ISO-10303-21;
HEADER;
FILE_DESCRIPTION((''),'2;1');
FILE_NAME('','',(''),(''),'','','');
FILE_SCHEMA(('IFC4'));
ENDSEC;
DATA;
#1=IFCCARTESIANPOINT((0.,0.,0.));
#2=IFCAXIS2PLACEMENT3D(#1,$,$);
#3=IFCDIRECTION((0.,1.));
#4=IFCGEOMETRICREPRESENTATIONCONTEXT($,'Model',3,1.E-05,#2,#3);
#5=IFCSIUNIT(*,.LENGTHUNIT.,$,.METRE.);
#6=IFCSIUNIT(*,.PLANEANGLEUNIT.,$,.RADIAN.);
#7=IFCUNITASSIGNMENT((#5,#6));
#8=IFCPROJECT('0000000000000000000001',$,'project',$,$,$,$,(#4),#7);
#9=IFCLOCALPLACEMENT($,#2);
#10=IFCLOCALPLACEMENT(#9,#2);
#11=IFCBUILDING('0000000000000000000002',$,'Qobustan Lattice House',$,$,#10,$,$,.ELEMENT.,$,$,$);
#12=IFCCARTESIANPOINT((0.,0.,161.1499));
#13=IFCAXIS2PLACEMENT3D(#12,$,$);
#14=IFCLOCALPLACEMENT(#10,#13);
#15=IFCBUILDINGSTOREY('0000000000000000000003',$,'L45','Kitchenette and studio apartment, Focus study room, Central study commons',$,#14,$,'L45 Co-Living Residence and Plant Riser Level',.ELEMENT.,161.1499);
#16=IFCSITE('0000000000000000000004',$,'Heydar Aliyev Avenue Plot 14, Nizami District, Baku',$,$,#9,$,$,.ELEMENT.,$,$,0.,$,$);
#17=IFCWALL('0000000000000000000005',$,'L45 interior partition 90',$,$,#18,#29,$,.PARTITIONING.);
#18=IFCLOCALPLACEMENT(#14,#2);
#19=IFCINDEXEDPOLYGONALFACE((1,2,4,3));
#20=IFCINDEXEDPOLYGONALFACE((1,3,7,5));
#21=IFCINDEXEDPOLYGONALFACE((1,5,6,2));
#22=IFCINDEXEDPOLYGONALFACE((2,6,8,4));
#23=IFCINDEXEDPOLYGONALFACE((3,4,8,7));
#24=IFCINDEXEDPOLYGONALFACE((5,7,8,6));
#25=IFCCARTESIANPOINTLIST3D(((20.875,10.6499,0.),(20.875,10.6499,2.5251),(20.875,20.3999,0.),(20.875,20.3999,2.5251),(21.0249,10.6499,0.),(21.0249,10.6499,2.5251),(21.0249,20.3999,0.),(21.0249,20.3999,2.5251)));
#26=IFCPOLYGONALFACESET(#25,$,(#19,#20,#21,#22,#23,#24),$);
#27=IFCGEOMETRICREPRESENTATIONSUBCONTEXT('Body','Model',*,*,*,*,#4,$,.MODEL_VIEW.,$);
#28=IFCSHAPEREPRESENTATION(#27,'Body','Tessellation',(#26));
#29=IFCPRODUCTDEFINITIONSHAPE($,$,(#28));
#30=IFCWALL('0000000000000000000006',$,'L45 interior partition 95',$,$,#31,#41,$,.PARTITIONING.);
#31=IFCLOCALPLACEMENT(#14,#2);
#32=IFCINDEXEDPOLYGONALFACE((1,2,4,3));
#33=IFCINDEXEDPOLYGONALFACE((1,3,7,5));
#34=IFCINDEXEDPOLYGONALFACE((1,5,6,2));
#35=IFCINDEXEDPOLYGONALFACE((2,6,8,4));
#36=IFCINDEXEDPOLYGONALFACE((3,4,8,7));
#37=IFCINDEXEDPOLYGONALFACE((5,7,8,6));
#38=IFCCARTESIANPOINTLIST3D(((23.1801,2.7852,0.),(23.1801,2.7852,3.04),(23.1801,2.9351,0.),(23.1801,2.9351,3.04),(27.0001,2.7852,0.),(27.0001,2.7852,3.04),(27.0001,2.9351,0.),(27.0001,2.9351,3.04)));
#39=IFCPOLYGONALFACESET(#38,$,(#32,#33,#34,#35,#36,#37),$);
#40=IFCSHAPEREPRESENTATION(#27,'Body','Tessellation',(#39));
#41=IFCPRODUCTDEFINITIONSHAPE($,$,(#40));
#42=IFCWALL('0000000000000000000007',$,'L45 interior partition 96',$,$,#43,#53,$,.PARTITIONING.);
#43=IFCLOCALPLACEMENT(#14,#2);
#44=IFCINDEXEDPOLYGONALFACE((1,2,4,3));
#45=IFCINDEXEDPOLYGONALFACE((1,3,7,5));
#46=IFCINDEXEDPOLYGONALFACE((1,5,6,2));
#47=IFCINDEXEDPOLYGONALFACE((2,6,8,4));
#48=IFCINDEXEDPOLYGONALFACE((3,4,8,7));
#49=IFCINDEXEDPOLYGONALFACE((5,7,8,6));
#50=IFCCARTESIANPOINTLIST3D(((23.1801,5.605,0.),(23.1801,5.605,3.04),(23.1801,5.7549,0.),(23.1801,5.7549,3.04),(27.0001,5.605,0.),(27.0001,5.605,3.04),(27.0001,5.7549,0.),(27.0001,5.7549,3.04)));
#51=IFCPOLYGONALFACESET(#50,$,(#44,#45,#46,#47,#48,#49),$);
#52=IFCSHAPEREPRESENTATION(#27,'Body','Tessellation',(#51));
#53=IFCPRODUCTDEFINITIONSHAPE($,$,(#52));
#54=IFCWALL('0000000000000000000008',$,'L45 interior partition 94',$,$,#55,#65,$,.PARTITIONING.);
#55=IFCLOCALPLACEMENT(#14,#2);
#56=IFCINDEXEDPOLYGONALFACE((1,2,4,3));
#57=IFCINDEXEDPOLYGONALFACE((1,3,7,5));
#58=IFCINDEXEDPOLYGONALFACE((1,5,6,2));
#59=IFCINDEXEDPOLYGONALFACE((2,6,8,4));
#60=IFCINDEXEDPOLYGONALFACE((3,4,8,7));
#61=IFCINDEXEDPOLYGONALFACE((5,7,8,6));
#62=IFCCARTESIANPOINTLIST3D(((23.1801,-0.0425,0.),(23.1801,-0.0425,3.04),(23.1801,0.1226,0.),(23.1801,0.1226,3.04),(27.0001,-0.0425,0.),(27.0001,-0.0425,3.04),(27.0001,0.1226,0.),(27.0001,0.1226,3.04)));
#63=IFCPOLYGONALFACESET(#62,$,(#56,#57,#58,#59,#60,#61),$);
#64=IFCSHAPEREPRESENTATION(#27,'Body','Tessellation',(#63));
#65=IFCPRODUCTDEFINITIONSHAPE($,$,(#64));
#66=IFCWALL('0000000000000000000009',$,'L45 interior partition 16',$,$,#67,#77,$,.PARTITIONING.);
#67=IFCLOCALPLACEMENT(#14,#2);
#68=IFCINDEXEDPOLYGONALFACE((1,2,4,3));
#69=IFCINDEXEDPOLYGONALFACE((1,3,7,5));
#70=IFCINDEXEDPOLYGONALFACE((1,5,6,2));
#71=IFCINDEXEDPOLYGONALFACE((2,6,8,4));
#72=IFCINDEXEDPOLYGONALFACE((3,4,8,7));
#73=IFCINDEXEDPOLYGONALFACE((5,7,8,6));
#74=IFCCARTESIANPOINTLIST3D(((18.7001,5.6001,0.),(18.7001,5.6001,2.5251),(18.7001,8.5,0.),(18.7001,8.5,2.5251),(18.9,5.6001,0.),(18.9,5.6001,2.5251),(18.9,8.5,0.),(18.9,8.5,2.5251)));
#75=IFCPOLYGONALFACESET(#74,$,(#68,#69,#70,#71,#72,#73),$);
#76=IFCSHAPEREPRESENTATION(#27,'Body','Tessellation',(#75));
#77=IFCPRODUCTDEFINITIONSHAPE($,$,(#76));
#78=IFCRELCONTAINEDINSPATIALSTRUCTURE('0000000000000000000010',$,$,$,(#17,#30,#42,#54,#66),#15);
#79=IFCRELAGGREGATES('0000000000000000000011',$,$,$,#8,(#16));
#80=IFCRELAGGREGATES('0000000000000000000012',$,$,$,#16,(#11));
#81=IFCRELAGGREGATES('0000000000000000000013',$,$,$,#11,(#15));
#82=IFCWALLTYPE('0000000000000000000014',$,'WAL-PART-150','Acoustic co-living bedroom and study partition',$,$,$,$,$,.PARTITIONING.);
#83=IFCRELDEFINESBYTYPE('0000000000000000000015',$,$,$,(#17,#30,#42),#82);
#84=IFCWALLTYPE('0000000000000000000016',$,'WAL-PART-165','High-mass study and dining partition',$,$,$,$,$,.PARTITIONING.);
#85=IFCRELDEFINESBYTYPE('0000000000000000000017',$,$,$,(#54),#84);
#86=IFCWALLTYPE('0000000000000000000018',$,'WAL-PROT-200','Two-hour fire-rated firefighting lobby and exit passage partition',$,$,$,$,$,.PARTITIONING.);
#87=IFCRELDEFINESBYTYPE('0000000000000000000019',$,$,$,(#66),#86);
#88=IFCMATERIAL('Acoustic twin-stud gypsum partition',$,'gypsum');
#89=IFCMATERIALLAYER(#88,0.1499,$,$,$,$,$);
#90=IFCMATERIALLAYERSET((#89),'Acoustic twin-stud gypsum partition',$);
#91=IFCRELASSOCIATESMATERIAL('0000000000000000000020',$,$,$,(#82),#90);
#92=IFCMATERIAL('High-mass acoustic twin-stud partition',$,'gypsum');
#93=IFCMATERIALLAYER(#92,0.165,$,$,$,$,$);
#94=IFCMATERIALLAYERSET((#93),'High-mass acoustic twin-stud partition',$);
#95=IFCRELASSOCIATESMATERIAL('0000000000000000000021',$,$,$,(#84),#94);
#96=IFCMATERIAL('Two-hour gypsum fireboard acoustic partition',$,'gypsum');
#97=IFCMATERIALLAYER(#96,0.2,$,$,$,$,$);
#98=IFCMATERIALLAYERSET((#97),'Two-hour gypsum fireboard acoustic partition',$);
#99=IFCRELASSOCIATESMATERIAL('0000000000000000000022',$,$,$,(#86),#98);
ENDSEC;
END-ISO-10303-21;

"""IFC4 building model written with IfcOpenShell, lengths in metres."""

from ifc_helpers import new_model, si_unit, direction, frame, frame_2d, origin, place, context, subcontext, project, spatial, rectangle, extrude, material, layer, layer_set, type_object, element, save


model = new_model("IFC4")

# Units and contexts
model_context = context("Model", 3, precision=1e-05, world=origin(), true_north=direction((0.0, 1.0)))
body_context = subcontext(model_context, "Body", "Model", "MODEL_VIEW")
ifc_project = project(units=[si_unit("LENGTHUNIT", "METRE"), si_unit("PLANEANGLEUNIT", "RADIAN")], contexts=[model_context])

# Site, building, storey
site_placement = place(None, origin())
site = spatial("IfcSite", under=ifc_project, at=site_placement, Name="Heydar Aliyev Avenue Plot 14, Nizami District, Baku", CompositionType="ELEMENT", RefElevation=0.0)
building_placement = place(site_placement, origin())
building = spatial("IfcBuilding", under=site, at=building_placement, Name="Qobustan Lattice House", CompositionType="ELEMENT")
storey_placement = place(building_placement, frame((0.0, 0.0, 161.1499)))
storey = spatial("IfcBuildingStorey", under=building, at=storey_placement, Name="L45", Description="Kitchenette and studio apartment, Focus study room, Central study commons", LongName="L45 Co-Living Residence and Plant Riser Level", CompositionType="ELEMENT", Elevation=161.1499)

# Shared definitions
ifc_material_1 = material(Name="Acoustic twin-stud gypsum partition", Category="gypsum")
ifc_layer_1 = layer(ifc_material_1, 0.1499)
ifc_layer_set_1 = layer_set([ifc_layer_1], Name="Acoustic twin-stud gypsum partition")
wall_type_1 = type_object("IfcWallType", Name="WAL-PART-150", Description="Acoustic co-living bedroom and study partition", PredefinedType="PARTITIONING", material=ifc_layer_set_1)

# Walls
wall_1_placement = place(storey_placement, frame((20.95, 10.6499, 0.0), z_axis=(0.0, 0.0, 1.0), x_axis=(0.0, 1.0, 0.0)))
element("IfcWall", 1, at=wall_1_placement, inside=storey, type_object=wall_type_1, Name="L45 interior partition 90", PredefinedType="PARTITIONING", context=body_context, shape_type="SweptSolid", body=[
    extrude(rectangle(XDim=9.75, YDim=0.1499, at=frame_2d((4.875, 0.0))), origin(), (0.0, 0.0, 1.0), 2.5251),
])
for number, where, z_axis, x_axis, name in (
    (2, (23.1799, 2.8601, 0.0), (0.0, 0.0, 1.0), (1.0, 0.0, 0.0), "L45 interior partition 95"),
    (3, (23.1799, 5.6799, 0.0), (0.0, 0.0, 1.0), (1.0, 0.0, 0.0), "L45 interior partition 96"),
):
    element("IfcWall", number, at=place(storey_placement, frame(where, z_axis=z_axis, x_axis=x_axis)), inside=storey, type_object=wall_type_1, Name=name, PredefinedType="PARTITIONING", context=body_context, shape_type="SweptSolid", body=[
        extrude(rectangle(XDim=3.8201, YDim=0.1499, at=frame_2d((1.9102, 0.0))), origin(), (0.0, 0.0, 1.0), 3.04),
    ])

# Shared definitions
ifc_material_2 = material(Name="High-mass acoustic twin-stud partition", Category="gypsum")
ifc_layer_2 = layer(ifc_material_2, 0.165)
ifc_layer_set_2 = layer_set([ifc_layer_2], Name="High-mass acoustic twin-stud partition")
wall_type_2 = type_object("IfcWallType", Name="WAL-PART-165", Description="High-mass study and dining partition", PredefinedType="PARTITIONING", material=ifc_layer_set_2)

# Wall
wall_2_placement = place(storey_placement, frame((23.1799, 0.04, 0.0), z_axis=(0.0, 0.0, 1.0), x_axis=(1.0, 0.0, 0.0)))
element("IfcWall", 4, at=wall_2_placement, inside=storey, type_object=wall_type_2, Name="L45 interior partition 94", PredefinedType="PARTITIONING", context=body_context, shape_type="SweptSolid", body=[
    extrude(rectangle(XDim=3.8201, YDim=0.165, at=frame_2d((1.9102, 0.0))), origin(), (0.0, 0.0, 1.0), 3.04),
])

# Shared definitions
ifc_material_3 = material(Name="Two-hour gypsum fireboard acoustic partition", Category="gypsum")
ifc_layer_3 = layer(ifc_material_3, 0.2)
ifc_layer_set_3 = layer_set([ifc_layer_3], Name="Two-hour gypsum fireboard acoustic partition")
wall_type_3 = type_object("IfcWallType", Name="WAL-PROT-200", Description="Two-hour fire-rated firefighting lobby and exit passage partition", PredefinedType="PARTITIONING", material=ifc_layer_set_3)

# Wall
wall_3_placement = place(storey_placement, frame((18.8, 5.6001, 0.0), z_axis=(0.0, 0.0, 1.0), x_axis=(0.0, 1.0, 0.0)))
element("IfcWall", 5, at=wall_3_placement, inside=storey, type_object=wall_type_3, Name="L45 interior partition 16", PredefinedType="PARTITIONING", context=body_context, shape_type="SweptSolid", body=[
    extrude(rectangle(XDim=2.8999, YDim=0.2, at=frame_2d((1.45, 0.0))), origin(), (0.0, 0.0, 1.0), 2.5251),
])

save(model, "model.ifc")
